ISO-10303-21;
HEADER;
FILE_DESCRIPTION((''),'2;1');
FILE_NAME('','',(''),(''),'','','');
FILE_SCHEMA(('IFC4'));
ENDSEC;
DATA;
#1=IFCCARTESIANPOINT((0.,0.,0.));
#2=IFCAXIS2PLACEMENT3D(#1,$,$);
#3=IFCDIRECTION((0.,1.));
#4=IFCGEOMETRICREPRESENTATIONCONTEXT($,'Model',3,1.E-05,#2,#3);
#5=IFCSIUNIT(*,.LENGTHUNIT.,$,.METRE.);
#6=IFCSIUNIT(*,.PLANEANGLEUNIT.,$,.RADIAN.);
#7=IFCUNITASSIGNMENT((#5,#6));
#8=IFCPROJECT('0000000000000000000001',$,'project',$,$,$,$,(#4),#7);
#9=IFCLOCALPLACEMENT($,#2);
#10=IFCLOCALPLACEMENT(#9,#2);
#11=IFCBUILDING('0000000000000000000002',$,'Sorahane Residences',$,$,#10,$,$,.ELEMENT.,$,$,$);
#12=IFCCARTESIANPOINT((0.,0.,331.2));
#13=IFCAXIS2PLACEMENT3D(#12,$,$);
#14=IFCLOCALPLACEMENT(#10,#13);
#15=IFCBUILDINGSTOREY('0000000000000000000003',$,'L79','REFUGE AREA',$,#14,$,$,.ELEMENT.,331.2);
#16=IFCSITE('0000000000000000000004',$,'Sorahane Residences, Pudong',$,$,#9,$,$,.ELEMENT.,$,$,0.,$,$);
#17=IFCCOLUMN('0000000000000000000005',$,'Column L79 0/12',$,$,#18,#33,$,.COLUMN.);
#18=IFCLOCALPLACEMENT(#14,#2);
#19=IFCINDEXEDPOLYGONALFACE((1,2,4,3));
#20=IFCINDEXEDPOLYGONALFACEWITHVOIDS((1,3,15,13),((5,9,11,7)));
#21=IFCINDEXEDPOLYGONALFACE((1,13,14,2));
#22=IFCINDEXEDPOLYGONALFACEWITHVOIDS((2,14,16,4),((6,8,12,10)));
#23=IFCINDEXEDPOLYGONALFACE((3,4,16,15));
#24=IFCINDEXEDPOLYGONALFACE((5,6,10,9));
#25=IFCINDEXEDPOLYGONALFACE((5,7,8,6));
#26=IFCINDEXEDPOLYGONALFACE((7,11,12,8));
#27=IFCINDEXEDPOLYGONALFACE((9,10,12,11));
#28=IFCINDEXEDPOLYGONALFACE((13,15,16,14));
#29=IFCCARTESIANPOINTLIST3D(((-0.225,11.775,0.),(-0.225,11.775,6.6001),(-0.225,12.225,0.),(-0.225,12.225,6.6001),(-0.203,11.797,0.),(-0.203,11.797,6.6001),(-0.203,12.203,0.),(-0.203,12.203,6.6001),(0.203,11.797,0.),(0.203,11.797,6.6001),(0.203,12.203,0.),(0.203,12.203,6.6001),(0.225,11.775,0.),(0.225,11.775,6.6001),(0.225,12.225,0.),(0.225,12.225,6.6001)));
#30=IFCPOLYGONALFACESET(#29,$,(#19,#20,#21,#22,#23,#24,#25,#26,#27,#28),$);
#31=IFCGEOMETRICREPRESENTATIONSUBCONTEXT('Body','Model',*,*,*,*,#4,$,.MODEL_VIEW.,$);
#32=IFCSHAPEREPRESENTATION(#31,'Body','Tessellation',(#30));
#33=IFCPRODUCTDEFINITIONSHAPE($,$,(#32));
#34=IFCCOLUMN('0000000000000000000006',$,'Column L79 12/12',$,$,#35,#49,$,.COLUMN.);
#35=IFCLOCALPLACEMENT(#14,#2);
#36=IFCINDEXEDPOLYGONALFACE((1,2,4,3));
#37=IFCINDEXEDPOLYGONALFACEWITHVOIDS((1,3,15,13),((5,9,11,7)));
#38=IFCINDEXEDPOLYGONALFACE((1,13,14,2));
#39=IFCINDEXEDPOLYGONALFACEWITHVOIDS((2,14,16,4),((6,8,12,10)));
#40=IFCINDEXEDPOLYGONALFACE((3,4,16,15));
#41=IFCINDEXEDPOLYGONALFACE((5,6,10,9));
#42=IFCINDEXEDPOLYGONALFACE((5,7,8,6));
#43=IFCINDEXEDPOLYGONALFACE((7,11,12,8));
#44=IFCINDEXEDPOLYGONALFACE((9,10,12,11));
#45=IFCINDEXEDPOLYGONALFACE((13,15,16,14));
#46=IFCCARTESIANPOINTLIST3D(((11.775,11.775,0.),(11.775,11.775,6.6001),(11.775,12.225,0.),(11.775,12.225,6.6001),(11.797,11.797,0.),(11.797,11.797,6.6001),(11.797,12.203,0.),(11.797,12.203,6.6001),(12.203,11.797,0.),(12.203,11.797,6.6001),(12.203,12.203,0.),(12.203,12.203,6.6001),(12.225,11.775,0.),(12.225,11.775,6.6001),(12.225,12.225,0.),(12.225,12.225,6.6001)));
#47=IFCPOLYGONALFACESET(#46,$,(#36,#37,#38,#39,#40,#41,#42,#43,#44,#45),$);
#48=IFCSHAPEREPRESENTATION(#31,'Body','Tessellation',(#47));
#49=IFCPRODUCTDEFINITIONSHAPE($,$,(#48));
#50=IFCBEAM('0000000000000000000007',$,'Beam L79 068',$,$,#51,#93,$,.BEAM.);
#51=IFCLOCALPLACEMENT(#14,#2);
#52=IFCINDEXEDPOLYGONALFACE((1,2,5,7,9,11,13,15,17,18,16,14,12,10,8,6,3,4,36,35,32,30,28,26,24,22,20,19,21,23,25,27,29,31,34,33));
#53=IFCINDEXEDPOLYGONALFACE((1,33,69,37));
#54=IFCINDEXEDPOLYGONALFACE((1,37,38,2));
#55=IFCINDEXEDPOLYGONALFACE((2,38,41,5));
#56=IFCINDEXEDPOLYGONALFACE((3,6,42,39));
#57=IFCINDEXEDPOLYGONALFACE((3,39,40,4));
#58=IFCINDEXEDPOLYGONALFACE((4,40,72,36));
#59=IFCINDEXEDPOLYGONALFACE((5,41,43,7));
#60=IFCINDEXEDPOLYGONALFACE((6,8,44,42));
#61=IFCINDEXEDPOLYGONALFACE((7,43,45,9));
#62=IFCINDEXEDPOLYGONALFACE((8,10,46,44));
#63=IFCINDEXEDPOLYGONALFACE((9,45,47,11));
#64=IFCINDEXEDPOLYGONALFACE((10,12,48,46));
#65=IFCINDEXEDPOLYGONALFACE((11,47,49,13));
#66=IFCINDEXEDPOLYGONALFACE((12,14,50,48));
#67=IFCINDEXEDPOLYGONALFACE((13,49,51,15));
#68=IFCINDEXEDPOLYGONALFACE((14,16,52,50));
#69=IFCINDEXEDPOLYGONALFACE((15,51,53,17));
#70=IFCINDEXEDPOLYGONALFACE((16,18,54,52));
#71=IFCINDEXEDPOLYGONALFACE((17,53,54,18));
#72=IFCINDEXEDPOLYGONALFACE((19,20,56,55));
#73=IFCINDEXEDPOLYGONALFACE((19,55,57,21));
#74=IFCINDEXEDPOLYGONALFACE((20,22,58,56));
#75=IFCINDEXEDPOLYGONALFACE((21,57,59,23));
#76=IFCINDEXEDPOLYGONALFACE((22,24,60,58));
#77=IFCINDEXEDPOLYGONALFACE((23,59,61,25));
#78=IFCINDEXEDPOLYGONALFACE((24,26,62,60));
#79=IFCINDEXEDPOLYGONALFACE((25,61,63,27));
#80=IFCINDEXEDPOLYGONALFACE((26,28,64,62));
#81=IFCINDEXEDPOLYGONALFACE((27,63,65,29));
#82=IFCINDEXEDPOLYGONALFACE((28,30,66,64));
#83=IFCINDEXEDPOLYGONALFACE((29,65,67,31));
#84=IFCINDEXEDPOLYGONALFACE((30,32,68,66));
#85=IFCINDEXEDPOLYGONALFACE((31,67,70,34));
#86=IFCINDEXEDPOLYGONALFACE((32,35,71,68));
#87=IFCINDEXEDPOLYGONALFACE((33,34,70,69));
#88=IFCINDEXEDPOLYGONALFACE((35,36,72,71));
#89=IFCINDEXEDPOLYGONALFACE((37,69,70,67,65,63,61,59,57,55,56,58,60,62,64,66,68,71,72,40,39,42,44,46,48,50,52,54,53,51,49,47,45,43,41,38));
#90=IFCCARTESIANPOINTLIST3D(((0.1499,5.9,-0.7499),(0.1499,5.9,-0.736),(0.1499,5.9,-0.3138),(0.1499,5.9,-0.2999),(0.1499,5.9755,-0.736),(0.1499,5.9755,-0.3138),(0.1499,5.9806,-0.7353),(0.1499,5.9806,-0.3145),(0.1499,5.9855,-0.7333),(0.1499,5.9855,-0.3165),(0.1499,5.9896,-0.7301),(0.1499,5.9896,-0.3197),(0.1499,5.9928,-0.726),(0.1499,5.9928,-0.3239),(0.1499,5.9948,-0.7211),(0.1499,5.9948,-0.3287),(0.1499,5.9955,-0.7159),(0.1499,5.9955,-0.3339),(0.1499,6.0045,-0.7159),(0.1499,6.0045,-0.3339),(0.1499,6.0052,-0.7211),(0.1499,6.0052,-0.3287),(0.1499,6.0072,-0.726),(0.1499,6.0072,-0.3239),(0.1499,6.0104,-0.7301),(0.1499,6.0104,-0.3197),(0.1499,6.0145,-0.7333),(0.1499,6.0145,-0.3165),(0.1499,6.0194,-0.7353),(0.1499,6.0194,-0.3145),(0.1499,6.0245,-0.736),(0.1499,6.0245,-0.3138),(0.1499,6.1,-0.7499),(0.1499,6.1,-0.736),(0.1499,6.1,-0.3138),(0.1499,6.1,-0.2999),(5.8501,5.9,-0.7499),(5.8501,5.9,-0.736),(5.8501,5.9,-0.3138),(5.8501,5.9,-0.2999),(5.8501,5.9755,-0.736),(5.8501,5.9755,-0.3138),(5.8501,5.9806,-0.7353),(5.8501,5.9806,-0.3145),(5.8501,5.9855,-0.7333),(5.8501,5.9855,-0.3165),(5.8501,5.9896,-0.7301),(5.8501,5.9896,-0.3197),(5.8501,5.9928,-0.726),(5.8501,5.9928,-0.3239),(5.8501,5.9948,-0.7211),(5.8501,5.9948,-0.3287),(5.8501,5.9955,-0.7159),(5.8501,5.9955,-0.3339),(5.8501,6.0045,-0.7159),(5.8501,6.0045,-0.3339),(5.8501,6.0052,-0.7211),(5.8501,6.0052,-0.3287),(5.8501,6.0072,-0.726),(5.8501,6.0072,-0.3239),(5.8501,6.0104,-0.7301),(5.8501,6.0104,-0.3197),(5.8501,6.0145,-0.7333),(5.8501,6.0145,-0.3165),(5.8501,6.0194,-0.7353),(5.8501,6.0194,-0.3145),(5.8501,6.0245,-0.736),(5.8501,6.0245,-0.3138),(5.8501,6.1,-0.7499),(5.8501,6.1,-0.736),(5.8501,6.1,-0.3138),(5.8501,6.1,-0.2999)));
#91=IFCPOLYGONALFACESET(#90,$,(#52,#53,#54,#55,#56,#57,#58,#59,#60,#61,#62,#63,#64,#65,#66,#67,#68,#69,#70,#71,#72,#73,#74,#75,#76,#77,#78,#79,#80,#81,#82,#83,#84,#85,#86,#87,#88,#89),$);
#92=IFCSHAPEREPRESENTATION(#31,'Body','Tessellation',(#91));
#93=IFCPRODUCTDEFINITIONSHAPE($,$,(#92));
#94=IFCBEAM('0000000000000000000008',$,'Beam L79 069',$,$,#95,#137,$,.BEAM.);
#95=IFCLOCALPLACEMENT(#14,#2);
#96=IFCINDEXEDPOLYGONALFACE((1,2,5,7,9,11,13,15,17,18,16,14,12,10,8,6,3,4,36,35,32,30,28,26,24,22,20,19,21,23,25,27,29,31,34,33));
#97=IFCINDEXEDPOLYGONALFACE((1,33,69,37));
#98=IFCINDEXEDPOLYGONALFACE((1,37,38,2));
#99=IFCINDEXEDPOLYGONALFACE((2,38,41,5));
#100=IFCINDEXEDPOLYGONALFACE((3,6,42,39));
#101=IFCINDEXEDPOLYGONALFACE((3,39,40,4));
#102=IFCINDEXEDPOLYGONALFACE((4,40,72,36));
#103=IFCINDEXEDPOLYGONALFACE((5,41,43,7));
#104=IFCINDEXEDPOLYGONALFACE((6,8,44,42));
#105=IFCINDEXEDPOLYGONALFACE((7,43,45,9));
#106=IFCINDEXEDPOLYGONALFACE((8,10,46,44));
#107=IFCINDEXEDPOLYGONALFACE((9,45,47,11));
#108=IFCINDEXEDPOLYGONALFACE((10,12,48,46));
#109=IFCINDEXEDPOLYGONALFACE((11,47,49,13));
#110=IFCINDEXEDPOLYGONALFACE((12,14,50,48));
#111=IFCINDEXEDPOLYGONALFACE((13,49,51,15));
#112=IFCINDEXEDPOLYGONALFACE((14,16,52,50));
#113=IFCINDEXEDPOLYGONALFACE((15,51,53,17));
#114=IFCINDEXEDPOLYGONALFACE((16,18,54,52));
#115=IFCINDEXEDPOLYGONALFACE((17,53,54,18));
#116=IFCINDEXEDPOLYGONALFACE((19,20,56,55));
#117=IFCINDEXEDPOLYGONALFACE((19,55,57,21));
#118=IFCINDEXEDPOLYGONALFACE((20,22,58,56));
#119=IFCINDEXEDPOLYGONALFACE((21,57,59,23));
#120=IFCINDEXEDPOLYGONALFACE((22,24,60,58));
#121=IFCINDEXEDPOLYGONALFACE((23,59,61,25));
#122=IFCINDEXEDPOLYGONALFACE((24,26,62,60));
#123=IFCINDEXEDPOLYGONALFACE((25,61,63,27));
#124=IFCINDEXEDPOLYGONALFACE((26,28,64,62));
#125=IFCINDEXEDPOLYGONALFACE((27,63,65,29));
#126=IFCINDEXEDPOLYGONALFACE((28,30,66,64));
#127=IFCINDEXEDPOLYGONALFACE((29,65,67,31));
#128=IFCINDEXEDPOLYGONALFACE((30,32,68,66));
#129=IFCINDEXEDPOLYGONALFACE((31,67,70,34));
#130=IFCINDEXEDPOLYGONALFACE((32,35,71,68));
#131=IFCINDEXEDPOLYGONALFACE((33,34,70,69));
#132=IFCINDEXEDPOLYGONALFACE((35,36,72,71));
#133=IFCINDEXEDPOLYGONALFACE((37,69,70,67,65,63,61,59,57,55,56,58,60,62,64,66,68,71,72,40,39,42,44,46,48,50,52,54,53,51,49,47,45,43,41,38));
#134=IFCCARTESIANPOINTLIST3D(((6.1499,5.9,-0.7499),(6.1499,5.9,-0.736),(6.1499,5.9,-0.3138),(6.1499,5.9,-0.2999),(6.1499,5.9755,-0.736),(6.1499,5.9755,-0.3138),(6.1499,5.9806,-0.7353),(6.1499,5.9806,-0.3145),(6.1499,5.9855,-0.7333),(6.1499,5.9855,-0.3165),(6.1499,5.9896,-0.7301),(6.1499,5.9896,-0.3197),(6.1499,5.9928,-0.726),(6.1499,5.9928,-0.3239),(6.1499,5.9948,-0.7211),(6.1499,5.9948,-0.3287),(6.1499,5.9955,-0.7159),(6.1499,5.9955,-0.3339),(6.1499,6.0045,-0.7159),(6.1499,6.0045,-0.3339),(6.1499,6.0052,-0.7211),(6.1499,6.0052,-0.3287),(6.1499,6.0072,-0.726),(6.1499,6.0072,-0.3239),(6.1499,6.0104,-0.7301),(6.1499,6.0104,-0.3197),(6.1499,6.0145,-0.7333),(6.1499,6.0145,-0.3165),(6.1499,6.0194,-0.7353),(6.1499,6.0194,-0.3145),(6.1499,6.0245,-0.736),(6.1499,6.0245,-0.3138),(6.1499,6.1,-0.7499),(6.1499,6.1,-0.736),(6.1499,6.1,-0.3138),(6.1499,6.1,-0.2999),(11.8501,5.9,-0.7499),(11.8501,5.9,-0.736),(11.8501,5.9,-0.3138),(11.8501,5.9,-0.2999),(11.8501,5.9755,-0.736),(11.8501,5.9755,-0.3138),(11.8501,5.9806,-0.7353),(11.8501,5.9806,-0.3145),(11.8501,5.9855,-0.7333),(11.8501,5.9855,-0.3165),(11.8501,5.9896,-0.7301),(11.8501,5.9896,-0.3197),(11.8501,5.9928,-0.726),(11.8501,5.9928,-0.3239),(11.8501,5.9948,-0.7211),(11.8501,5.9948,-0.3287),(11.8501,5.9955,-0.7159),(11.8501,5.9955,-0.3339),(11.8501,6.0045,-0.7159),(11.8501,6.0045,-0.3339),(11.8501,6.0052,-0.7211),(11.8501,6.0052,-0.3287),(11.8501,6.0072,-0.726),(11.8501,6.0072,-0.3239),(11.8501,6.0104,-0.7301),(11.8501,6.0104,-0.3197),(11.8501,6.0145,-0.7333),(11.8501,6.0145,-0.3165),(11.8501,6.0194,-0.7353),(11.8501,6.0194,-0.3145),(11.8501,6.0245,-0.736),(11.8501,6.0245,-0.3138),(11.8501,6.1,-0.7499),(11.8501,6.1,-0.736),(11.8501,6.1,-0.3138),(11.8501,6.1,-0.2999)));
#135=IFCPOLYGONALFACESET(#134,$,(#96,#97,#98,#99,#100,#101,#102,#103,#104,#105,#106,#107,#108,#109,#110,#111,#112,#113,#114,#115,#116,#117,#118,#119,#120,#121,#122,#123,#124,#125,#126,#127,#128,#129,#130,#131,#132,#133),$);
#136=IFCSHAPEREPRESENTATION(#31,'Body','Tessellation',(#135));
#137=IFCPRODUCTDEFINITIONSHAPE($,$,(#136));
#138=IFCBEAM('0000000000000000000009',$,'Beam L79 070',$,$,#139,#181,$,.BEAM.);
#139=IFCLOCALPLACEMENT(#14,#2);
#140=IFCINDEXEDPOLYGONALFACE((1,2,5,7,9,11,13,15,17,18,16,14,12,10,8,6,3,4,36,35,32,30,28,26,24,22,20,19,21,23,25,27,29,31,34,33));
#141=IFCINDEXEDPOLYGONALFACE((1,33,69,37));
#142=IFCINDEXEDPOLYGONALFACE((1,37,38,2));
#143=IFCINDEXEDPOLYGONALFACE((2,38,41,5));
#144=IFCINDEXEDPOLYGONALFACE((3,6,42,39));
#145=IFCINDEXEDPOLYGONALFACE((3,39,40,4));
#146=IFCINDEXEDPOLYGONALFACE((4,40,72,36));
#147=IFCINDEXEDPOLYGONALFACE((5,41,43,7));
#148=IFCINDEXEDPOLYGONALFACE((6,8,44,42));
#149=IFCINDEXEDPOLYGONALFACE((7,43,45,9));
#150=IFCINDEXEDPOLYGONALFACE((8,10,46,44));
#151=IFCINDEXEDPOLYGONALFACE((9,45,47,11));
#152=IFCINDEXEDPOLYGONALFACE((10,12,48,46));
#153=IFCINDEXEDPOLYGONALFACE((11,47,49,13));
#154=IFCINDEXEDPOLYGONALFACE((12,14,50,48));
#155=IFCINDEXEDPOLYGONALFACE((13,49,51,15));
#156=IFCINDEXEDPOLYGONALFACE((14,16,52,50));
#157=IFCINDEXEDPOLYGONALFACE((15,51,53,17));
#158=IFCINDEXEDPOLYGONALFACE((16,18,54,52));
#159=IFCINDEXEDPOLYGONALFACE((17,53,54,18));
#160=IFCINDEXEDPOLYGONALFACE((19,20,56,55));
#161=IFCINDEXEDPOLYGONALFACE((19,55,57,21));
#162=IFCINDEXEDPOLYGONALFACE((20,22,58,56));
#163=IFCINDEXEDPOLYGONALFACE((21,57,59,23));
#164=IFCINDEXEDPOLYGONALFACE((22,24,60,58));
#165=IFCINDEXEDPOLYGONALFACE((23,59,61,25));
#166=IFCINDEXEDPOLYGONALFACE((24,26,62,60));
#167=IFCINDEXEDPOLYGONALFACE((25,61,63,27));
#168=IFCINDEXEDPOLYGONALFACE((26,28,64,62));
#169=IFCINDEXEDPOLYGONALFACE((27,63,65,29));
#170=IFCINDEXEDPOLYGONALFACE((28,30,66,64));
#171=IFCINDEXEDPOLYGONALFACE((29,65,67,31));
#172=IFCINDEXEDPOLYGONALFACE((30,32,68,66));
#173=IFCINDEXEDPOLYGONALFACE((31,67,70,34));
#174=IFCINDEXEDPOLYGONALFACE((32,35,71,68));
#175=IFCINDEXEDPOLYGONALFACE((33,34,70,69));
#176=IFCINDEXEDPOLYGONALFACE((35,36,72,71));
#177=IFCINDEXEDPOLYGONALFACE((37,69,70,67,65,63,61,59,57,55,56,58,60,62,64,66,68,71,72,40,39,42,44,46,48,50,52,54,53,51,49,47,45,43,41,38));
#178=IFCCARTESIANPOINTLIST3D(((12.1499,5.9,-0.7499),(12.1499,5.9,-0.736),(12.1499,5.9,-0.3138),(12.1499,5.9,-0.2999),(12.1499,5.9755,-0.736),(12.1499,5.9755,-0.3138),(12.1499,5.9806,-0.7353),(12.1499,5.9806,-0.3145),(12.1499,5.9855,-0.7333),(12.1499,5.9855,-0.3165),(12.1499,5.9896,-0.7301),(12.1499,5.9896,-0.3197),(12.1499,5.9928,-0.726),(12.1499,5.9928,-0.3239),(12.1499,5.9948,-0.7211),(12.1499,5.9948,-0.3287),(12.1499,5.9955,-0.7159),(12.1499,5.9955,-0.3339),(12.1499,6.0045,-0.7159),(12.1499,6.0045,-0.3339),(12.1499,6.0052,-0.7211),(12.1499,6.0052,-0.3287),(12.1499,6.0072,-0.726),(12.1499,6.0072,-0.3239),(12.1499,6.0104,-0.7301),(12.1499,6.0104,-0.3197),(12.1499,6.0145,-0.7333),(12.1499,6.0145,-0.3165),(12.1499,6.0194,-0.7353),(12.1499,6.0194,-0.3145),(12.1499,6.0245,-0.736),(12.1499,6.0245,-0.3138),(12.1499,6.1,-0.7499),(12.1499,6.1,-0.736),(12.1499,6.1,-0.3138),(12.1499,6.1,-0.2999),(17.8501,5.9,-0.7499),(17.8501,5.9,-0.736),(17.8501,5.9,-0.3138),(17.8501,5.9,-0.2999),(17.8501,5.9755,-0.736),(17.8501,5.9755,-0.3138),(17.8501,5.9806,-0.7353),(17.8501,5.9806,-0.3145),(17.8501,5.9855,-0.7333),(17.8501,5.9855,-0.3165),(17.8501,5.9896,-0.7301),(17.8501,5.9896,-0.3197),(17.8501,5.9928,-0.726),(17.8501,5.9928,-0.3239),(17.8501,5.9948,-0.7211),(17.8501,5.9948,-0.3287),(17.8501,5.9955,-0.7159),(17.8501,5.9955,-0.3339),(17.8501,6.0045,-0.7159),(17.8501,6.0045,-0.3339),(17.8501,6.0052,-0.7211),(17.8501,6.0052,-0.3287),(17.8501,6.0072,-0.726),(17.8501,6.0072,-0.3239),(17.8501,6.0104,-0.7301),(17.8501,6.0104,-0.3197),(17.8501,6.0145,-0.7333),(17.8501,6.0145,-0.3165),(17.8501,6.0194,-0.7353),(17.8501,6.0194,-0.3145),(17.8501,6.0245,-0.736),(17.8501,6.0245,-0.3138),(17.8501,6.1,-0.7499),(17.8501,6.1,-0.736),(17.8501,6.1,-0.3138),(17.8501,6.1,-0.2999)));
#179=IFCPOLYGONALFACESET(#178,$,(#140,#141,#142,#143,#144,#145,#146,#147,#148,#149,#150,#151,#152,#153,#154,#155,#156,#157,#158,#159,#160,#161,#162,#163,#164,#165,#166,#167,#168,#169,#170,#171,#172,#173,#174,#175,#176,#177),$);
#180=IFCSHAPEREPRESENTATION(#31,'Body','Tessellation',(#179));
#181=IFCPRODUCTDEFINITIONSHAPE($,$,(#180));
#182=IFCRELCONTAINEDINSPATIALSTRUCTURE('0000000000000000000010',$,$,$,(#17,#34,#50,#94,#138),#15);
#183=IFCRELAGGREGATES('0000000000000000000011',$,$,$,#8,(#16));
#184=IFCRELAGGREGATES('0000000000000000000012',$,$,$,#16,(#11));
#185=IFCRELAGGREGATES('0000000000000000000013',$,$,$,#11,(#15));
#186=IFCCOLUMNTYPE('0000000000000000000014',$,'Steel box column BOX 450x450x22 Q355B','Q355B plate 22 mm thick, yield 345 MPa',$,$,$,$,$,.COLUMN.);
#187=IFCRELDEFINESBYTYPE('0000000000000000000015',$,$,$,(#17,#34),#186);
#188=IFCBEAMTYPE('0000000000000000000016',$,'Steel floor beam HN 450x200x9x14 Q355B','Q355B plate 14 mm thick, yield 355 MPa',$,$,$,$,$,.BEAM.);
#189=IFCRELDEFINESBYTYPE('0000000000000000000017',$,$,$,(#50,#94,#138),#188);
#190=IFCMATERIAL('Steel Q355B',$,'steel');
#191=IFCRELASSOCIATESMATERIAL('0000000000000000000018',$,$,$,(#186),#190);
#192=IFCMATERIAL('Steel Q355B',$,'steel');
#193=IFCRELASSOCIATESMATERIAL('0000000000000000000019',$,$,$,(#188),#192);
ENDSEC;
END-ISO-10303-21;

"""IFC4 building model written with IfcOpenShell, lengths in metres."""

from ifc_helpers import new_model, si_unit, direction, frame, origin, origin_2d, place, context, subcontext, project, spatial, hollow_rectangle, i_section, extrude, material, material_profile, profile_set, type_object, element, save


model = new_model("IFC4")

# Units and contexts
model_context = context("Model", 3, precision=1e-05, world=origin(), true_north=direction((0.0, 1.0)))
body_context = subcontext(model_context, "Body", "Model", "MODEL_VIEW")
ifc_project = project(units=[si_unit("LENGTHUNIT", "METRE"), si_unit("PLANEANGLEUNIT", "RADIAN")], contexts=[model_context])

# Site, building, storey
site_placement = place(None, origin())
site = spatial("IfcSite", under=ifc_project, at=site_placement, Name="Sorahane Residences, Pudong", CompositionType="ELEMENT", RefElevation=0.0)
building_placement = place(site_placement, origin())
building = spatial("IfcBuilding", under=site, at=building_placement, Name="Sorahane Residences", CompositionType="ELEMENT")
storey_placement = place(building_placement, frame((0.0, 0.0, 331.2)))
storey = spatial("IfcBuildingStorey", under=building, at=storey_placement, Name="L79", Description="REFUGE AREA", CompositionType="ELEMENT", Elevation=331.2)

# Columns
ifc_material_1 = material(Name="Steel Q355B", Category="steel")
ifc_material_profile_1 = material_profile(ifc_material_1, hollow_rectangle(XDim=0.45, YDim=0.45, WallThickness=0.022, at=origin_2d()), Name="BOX 450x450x22")
ifc_profile_set_1 = profile_set([ifc_material_profile_1], Name="Steel Q355B")
column_type = type_object("IfcColumnType", Name="Steel box column BOX 450x450x22 Q355B", Description="Q355B plate 22 mm thick, yield 345 MPa", PredefinedType="COLUMN", material=ifc_profile_set_1)
for number, where, z_axis, x_axis, name in (
    (1, (0.0, 12.0, 0.0), (0.0, 0.0, 1.0), (1.0, 0.0, 0.0), "Column L79 0/12"),
    (2, (12.0, 12.0, 0.0), (0.0, 0.0, 1.0), (1.0, 0.0, 0.0), "Column L79 12/12"),
):
    element("IfcColumn", number, at=place(storey_placement, frame(where, z_axis=z_axis, x_axis=x_axis)), inside=storey, type_object=column_type, Name=name, PredefinedType="COLUMN", context=body_context, shape_type="SweptSolid", body=[
        extrude(hollow_rectangle(XDim=0.45, YDim=0.45, WallThickness=0.022, at=origin_2d()), origin(), (0.0, 0.0, 1.0), 6.6001),
    ])

# Beams
ifc_material_2 = material(Name="Steel Q355B", Category="steel")
ifc_material_profile_2 = material_profile(ifc_material_2, i_section(OverallWidth=0.2, OverallDepth=0.45, WebThickness=0.009, FlangeThickness=0.0139, FilletRadius=0.02, at=origin_2d()), Name="HN 450x200x9x14")
ifc_profile_set_2 = profile_set([ifc_material_profile_2], Name="Steel Q355B")
beam_type_1 = type_object("IfcBeamType", Name="Steel floor beam HN 450x200x9x14 Q355B", Description="Q355B plate 14 mm thick, yield 355 MPa", PredefinedType="BEAM", material=ifc_profile_set_2)
for number, where, z_axis, x_axis, name in (
    (3, (0.1499, 6.0, -0.5249), (1.0, 0.0, 0.0), (0.0, 1.0, 0.0), "Beam L79 068"),
    (4, (6.1499, 6.0, -0.5249), (1.0, 0.0, 0.0), (0.0, 1.0, 0.0), "Beam L79 069"),
    (5, (12.1499, 6.0, -0.5249), (1.0, 0.0, 0.0), (0.0, 1.0, 0.0), "Beam L79 070"),
):
    element("IfcBeam", number, at=place(storey_placement, frame(where, z_axis=z_axis, x_axis=x_axis)), inside=storey, type_object=beam_type_1, Name=name, PredefinedType="BEAM", context=body_context, shape_type="SweptSolid", body=[
        extrude(i_section(OverallWidth=0.2, OverallDepth=0.45, WebThickness=0.009, FlangeThickness=0.0139, FilletRadius=0.02, at=origin_2d()), origin(), (0.0, 0.0, 1.0), 5.7002),
    ])

save(model, "model.ifc")
